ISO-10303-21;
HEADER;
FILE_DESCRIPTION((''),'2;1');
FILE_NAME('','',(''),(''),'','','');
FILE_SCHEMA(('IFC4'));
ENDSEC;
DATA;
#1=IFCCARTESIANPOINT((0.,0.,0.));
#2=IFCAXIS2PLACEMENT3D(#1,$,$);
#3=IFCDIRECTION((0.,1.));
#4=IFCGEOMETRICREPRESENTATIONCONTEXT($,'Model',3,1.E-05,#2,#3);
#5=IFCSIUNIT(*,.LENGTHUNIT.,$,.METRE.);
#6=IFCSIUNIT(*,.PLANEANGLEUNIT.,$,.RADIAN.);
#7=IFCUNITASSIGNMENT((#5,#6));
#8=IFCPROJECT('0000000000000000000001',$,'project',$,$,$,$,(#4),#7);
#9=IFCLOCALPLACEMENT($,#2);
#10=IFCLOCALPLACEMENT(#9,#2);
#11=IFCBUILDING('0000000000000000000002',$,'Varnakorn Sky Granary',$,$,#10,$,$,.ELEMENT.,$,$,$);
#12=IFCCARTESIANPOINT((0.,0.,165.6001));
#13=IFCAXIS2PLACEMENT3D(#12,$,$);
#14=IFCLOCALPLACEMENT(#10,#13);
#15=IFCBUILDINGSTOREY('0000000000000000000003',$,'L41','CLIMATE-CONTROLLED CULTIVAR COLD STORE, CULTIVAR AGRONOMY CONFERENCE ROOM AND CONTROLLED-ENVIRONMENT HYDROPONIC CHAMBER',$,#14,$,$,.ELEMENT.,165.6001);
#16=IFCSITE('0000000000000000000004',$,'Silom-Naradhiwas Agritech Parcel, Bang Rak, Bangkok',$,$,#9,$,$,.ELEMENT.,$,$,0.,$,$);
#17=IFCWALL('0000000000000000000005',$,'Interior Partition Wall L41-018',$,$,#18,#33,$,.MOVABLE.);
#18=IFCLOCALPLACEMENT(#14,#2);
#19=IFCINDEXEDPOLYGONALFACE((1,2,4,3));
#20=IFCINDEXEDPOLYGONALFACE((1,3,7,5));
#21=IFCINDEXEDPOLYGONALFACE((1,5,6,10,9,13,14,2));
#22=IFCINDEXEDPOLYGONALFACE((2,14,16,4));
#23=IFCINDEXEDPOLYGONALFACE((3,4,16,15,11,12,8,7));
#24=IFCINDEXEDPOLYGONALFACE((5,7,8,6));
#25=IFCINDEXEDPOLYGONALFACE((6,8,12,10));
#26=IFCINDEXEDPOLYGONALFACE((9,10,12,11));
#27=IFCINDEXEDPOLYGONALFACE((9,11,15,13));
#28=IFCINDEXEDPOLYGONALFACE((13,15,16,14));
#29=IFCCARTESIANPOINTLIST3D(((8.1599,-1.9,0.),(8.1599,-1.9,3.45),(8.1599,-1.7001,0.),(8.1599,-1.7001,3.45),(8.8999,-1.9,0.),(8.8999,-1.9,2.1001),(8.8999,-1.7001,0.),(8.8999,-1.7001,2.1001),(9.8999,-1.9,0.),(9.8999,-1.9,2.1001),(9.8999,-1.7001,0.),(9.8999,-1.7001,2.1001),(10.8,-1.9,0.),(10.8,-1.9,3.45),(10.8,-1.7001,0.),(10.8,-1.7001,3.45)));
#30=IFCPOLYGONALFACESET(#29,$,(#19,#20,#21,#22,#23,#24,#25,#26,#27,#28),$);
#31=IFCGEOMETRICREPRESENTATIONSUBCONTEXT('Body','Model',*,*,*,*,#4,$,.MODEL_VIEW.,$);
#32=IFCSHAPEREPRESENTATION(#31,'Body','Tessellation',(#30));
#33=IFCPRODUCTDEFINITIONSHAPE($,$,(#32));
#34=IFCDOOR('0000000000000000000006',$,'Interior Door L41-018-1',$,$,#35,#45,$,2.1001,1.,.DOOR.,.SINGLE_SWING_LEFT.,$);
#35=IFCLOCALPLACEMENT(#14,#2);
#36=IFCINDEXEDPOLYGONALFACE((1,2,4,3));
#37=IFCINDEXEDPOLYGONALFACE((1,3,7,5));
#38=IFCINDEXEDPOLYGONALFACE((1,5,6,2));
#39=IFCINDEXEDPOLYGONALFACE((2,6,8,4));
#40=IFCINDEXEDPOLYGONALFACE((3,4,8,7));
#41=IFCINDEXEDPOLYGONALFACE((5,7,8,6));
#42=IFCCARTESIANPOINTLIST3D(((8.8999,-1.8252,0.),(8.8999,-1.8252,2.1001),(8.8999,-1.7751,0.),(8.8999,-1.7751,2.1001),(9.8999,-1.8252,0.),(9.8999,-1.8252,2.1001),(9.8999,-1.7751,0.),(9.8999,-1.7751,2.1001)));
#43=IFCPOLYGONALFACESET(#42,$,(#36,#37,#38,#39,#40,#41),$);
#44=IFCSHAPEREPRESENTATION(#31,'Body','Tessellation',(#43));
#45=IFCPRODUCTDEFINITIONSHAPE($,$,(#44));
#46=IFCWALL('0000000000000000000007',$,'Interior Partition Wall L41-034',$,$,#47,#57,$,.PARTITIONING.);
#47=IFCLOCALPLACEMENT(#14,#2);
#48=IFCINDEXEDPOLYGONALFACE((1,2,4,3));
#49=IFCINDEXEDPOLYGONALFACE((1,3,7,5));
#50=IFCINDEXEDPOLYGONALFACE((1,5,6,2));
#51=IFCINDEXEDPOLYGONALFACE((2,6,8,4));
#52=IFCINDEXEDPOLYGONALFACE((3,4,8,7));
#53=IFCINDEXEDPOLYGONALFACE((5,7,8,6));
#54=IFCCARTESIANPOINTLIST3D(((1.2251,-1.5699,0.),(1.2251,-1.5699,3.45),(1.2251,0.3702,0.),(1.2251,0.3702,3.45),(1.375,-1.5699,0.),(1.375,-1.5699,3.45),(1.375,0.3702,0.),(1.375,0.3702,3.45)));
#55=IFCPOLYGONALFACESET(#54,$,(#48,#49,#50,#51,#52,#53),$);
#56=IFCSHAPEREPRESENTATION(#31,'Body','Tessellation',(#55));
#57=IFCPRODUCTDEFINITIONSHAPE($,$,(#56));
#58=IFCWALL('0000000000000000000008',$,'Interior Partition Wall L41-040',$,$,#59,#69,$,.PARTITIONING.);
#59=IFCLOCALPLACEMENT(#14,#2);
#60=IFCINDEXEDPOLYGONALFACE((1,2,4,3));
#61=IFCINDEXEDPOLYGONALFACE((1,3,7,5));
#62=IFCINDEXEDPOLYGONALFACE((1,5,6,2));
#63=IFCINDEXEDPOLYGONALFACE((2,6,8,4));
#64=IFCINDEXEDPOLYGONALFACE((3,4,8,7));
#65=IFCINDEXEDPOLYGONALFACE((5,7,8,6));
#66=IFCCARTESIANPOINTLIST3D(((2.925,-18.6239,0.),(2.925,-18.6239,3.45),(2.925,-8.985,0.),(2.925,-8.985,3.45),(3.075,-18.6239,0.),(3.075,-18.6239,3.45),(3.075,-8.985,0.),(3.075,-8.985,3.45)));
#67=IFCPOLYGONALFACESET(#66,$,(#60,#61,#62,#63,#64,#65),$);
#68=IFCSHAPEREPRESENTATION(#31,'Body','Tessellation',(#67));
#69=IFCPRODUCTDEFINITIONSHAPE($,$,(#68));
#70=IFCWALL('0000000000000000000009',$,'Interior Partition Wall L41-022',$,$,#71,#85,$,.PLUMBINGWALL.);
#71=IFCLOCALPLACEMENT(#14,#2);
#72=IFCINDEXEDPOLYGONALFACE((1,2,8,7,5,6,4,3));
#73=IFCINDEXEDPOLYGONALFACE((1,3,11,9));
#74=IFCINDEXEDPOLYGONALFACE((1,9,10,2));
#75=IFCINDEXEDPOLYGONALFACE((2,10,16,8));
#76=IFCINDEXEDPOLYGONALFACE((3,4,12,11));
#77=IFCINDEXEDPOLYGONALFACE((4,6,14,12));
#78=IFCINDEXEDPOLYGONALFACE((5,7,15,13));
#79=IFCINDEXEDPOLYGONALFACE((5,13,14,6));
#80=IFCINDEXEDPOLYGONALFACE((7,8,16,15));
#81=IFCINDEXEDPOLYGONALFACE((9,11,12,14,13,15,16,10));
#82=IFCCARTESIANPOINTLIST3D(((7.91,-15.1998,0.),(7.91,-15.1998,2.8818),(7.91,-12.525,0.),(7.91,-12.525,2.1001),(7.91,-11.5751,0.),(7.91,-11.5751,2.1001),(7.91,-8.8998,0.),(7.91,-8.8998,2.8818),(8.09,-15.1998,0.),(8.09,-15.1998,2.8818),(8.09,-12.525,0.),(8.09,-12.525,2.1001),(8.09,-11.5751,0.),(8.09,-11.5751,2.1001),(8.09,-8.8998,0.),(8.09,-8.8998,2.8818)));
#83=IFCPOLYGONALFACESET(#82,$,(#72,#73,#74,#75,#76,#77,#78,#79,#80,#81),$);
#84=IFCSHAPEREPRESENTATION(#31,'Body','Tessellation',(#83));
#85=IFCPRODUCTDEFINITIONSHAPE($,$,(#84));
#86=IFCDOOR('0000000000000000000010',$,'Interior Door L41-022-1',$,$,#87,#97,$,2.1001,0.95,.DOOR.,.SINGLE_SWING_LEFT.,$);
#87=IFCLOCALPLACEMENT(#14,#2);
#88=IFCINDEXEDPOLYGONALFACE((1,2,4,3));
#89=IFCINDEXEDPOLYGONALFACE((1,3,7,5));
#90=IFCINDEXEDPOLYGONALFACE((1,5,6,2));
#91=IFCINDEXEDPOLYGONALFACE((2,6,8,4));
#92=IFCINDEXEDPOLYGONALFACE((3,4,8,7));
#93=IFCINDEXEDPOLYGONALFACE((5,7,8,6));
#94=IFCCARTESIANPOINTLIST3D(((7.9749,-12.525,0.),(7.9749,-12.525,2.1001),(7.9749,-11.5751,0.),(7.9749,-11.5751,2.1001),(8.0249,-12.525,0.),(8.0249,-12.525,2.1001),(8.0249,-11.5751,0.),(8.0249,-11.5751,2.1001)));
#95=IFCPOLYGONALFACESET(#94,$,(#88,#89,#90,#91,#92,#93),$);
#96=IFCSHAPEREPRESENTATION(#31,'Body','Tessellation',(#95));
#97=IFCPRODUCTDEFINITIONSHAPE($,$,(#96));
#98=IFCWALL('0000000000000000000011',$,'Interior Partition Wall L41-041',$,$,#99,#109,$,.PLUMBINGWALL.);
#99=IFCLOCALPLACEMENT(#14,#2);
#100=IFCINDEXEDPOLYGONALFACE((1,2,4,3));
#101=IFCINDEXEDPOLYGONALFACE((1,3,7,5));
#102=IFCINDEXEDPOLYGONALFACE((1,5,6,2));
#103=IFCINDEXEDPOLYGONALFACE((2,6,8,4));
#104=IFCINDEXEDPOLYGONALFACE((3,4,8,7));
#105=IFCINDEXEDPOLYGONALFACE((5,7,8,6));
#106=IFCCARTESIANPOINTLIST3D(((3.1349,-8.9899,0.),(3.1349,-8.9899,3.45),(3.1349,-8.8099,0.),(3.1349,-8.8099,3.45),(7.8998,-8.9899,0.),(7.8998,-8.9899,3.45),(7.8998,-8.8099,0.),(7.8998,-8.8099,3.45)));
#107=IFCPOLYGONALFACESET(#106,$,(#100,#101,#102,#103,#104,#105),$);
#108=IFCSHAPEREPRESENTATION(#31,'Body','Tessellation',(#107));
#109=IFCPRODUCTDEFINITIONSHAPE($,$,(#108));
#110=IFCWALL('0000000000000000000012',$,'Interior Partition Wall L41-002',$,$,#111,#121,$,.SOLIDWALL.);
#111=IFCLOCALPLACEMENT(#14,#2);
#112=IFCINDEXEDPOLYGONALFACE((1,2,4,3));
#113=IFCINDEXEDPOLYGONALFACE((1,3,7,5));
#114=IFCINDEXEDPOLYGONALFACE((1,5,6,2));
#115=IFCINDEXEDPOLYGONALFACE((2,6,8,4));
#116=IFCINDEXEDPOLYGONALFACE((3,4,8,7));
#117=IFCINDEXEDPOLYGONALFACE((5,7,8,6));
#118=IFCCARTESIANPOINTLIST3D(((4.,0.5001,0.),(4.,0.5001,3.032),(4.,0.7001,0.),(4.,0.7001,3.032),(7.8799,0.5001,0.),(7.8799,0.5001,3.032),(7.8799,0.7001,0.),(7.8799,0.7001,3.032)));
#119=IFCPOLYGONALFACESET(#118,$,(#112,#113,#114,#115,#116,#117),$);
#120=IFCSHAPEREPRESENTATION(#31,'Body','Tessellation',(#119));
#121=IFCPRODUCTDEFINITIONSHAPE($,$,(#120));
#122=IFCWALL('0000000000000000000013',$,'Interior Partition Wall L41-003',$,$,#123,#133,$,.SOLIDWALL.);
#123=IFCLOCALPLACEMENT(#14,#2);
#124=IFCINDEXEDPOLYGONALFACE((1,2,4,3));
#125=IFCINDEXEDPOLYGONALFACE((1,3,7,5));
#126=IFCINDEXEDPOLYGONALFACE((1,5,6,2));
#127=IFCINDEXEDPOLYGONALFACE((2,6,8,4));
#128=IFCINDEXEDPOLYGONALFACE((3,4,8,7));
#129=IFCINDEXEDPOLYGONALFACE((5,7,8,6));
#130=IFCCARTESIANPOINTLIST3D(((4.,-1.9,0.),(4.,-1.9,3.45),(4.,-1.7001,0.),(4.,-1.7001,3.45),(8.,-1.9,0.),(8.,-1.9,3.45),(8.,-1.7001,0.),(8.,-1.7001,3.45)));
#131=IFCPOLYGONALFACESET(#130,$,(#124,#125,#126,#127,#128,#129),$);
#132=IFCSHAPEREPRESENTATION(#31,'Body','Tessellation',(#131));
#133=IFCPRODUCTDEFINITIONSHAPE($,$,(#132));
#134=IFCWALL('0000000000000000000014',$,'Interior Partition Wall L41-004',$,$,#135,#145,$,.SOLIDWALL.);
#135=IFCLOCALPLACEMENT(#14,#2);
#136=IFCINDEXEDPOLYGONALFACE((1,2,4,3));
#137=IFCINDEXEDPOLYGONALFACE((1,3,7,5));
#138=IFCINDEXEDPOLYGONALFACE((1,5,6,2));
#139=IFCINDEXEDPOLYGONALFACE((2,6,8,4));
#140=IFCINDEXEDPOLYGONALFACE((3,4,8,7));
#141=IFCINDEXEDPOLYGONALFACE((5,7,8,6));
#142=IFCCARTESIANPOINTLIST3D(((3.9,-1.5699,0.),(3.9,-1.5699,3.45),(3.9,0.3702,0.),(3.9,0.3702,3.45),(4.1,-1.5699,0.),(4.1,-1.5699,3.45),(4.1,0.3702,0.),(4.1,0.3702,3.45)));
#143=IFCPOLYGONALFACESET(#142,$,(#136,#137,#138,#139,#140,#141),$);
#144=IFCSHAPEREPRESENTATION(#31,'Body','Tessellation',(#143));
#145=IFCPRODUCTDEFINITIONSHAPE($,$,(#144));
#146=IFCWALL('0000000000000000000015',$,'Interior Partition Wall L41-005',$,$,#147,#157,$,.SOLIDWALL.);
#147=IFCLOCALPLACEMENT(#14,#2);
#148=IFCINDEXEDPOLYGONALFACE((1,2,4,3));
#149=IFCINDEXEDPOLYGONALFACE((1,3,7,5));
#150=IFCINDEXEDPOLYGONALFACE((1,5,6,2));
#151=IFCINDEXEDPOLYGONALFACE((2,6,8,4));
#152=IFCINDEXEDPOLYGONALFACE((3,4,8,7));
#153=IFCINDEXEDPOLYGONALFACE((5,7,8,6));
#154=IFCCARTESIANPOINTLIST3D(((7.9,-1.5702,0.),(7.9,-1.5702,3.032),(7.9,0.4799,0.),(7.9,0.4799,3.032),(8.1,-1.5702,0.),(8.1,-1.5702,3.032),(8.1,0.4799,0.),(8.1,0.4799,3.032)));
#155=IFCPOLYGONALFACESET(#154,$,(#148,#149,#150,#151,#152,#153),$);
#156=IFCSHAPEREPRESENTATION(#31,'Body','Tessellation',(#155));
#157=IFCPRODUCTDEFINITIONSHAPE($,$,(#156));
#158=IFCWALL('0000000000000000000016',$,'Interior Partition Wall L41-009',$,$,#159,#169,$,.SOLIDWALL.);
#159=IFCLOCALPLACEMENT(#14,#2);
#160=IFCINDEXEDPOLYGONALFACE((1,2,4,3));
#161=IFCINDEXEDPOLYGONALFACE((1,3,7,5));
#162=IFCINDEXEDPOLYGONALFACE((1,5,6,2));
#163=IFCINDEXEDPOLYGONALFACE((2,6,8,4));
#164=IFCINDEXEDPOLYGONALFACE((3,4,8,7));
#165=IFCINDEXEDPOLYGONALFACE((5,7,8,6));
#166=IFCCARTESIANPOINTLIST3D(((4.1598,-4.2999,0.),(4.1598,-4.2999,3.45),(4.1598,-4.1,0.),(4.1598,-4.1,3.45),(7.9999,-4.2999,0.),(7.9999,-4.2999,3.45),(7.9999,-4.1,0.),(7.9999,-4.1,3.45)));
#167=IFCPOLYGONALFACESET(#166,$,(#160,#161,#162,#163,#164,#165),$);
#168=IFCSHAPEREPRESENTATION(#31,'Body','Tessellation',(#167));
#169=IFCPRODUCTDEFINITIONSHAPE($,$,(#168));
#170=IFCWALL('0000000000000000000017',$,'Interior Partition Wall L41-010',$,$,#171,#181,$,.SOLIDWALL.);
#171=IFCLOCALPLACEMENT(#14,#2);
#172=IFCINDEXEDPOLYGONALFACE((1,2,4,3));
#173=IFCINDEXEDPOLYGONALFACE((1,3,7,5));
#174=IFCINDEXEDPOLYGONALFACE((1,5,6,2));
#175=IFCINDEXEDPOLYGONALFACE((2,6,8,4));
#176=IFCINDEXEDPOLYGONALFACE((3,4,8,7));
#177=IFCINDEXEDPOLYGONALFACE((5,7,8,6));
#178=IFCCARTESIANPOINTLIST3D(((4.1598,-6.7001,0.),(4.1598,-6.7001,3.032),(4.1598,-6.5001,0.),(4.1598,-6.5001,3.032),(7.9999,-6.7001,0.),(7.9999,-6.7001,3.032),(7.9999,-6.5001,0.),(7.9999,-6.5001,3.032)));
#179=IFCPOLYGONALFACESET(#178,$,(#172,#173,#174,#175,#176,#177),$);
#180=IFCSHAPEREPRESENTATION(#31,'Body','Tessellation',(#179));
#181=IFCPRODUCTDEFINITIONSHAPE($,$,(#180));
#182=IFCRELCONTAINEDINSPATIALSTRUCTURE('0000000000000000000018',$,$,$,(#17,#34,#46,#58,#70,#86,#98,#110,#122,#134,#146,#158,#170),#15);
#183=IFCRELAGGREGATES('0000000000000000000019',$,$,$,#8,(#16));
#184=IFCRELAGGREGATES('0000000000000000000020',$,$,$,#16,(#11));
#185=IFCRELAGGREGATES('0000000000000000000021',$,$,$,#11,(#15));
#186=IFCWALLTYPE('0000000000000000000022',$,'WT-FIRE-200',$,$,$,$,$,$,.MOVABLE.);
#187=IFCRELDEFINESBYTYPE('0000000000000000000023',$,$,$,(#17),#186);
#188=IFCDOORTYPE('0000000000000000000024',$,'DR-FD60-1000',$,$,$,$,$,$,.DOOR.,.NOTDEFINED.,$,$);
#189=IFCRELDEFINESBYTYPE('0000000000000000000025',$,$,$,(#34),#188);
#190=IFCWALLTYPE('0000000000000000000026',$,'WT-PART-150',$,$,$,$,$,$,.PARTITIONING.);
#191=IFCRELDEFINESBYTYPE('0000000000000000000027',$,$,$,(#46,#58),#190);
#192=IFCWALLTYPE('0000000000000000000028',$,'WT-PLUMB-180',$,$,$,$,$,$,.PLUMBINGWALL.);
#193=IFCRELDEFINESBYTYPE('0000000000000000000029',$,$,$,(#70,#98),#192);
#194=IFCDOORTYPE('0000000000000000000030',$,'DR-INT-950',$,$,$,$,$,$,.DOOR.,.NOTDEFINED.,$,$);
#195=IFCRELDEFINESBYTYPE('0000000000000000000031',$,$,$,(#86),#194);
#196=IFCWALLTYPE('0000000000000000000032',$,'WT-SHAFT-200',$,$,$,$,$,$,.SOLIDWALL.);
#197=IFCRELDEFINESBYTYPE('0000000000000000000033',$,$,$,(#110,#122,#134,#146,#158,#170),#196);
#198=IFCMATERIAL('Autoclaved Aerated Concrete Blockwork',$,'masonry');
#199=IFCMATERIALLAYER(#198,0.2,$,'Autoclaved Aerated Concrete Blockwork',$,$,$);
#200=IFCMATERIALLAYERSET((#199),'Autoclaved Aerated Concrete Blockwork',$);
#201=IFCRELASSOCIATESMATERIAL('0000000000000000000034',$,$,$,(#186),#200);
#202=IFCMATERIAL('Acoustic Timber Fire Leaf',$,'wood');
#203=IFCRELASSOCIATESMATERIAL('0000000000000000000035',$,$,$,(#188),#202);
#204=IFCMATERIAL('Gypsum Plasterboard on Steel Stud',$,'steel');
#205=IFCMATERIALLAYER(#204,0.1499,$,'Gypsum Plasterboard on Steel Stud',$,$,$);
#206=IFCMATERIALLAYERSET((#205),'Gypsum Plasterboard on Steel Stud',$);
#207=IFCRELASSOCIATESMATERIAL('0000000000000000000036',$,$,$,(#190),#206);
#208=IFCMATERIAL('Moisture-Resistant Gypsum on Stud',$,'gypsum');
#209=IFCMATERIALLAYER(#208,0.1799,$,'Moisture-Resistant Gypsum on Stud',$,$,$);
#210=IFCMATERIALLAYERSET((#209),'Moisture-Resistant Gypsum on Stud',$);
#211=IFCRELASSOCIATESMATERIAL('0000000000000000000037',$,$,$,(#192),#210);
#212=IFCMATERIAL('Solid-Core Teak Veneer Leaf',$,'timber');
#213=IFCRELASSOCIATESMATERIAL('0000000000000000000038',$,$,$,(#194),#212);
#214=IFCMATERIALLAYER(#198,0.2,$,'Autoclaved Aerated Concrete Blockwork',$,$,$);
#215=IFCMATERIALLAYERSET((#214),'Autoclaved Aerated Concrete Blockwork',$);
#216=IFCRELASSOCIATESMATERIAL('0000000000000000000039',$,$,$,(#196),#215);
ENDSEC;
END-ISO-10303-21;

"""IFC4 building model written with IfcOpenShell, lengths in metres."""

from ifc_helpers import new_model, si_unit, direction, frame, frame_2d, origin, place, context, subcontext, project, spatial, rectangle, extrude, material, layer, layer_set, type_object, element, fill, save


model = new_model("IFC4")

# Units and contexts
model_context = context("Model", 3, precision=1e-05, world=origin(), true_north=direction((0.0, 1.0)))
body_context = subcontext(model_context, "Body", "Model", "MODEL_VIEW")
ifc_project = project(units=[si_unit("LENGTHUNIT", "METRE"), si_unit("PLANEANGLEUNIT", "RADIAN")], contexts=[model_context])

# Site, building, storey
site_placement = place(None, origin())
site = spatial("IfcSite", under=ifc_project, at=site_placement, Name="Silom-Naradhiwas Agritech Parcel, Bang Rak, Bangkok", CompositionType="ELEMENT", RefElevation=0.0)
building_placement = place(site_placement, origin())
building = spatial("IfcBuilding", under=site, at=building_placement, Name="Varnakorn Sky Granary", CompositionType="ELEMENT")
storey_placement = place(building_placement, frame((0.0, 0.0, 165.6001)))
storey = spatial("IfcBuildingStorey", under=building, at=storey_placement, Name="L41", Description="CLIMATE-CONTROLLED CULTIVAR COLD STORE, CULTIVAR AGRONOMY CONFERENCE ROOM AND CONTROLLED-ENVIRONMENT HYDROPONIC CHAMBER", CompositionType="ELEMENT", Elevation=165.6001)

# Wall, opening, door
ifc_material_1 = material(Name="Autoclaved Aerated Concrete Blockwork", Category="masonry")
ifc_layer_1 = layer(ifc_material_1, 0.2, Name="Autoclaved Aerated Concrete Blockwork")
ifc_layer_set_1 = layer_set([ifc_layer_1], Name="Autoclaved Aerated Concrete Blockwork")
wall_type_1 = type_object("IfcWallType", Name="WT-FIRE-200", PredefinedType="MOVABLE", material=ifc_layer_set_1)
ifc_material_2 = material(Name="Acoustic Timber Fire Leaf", Category="wood")
door_type_1 = type_object("IfcDoorType", Name="DR-FD60-1000", OperationType="NOTDEFINED", PredefinedType="DOOR", material=ifc_material_2)
wall_1_placement = place(storey_placement, frame((8.1599, -1.8, 0.0), z_axis=(0.0, 0.0, 1.0), x_axis=(1.0, 0.0, 0.0)))
wall_1 = element("IfcWall", 1, at=wall_1_placement, inside=storey, type_object=wall_type_1, Name="Interior Partition Wall L41-018", PredefinedType="MOVABLE", context=body_context, shape_type="SweptSolid", body=[
    extrude(rectangle(XDim=2.6401, YDim=0.2, at=frame_2d((1.3201, 0.0))), origin(), (0.0, 0.0, 1.0), 3.45),
])
opening_1_placement = place(wall_1_placement, frame((0.74, 0.0, 0.0)))
opening_1 = element("IfcOpeningElement", 2, at=opening_1_placement, cuts=wall_1, PredefinedType="OPENING", context=body_context, shape_type="SweptSolid", body=[
    extrude(rectangle(XDim=1.0, YDim=2.1001, at=frame_2d((0.5, 1.05))), frame((0.0, 0.1099, 0.0), z_axis=(0.0, -1.0, 0.0), x_axis=(1.0, 0.0, 0.0)), (0.0, 0.0, 1.0), 0.22),
])
door_1_placement = place(opening_1_placement, origin())
door_1 = element("IfcDoor", 3, at=door_1_placement, inside=storey, type_object=door_type_1, Name="Interior Door L41-018-1", OperationType="SINGLE_SWING_LEFT", OverallHeight=2.1001, OverallWidth=1.0, PredefinedType="DOOR", context=body_context, shape_type="SweptSolid", body=[
    extrude(rectangle(XDim=1.0, YDim=2.1001, at=frame_2d((0.5, 1.05))), frame((0.0, 0.0249, 0.0), z_axis=(0.0, -1.0, 0.0), x_axis=(1.0, 0.0, 0.0)), (0.0, 0.0, 1.0), 0.05),
])
fill(opening_1, door_1)

# Walls
ifc_material_3 = material(Name="Gypsum Plasterboard on Steel Stud", Category="steel")
ifc_layer_2 = layer(ifc_material_3, 0.1499, Name="Gypsum Plasterboard on Steel Stud")
ifc_layer_set_2 = layer_set([ifc_layer_2], Name="Gypsum Plasterboard on Steel Stud")
wall_type_2 = type_object("IfcWallType", Name="WT-PART-150", PredefinedType="PARTITIONING", material=ifc_layer_set_2)
wall_2_placement = place(storey_placement, frame((1.3, -1.5701, 0.0), z_axis=(0.0, 0.0, 1.0), x_axis=(0.0, 1.0, 0.0)))
element("IfcWall", 4, at=wall_2_placement, inside=storey, type_object=wall_type_2, Name="Interior Partition Wall L41-034", PredefinedType="PARTITIONING", context=body_context, shape_type="SweptSolid", body=[
    extrude(rectangle(XDim=1.9402, YDim=0.1499, at=frame_2d((0.9702, 0.0))), origin(), (0.0, 0.0, 1.0), 3.45),
])
wall_3_placement = place(storey_placement, frame((3.0, -8.9851, 0.0), z_axis=(0.0, 0.0, 1.0), x_axis=(0.0, -1.0, 0.0)))
element("IfcWall", 5, at=wall_3_placement, inside=storey, type_object=wall_type_2, Name="Interior Partition Wall L41-040", PredefinedType="PARTITIONING", context=body_context, shape_type="SweptSolid", body=[
    extrude(rectangle(XDim=9.6389, YDim=0.1499, at=frame_2d((4.8193, 0.0))), origin(), (0.0, 0.0, 1.0), 3.45),
])

# Wall, opening, door
ifc_material_4 = material(Name="Moisture-Resistant Gypsum on Stud", Category="gypsum")
ifc_layer_3 = layer(ifc_material_4, 0.1799, Name="Moisture-Resistant Gypsum on Stud")
ifc_layer_set_3 = layer_set([ifc_layer_3], Name="Moisture-Resistant Gypsum on Stud")
wall_type_3 = type_object("IfcWallType", Name="WT-PLUMB-180", PredefinedType="PLUMBINGWALL", material=ifc_layer_set_3)
wall_4_placement = place(storey_placement, frame((8.0, -8.8999, 0.0), z_axis=(0.0, 0.0, 1.0), x_axis=(0.0, -1.0, 0.0)))
wall_4 = element("IfcWall", 6, at=wall_4_placement, inside=storey, type_object=wall_type_3, Name="Interior Partition Wall L41-022", PredefinedType="PLUMBINGWALL", context=body_context, shape_type="SweptSolid", body=[
    extrude(rectangle(XDim=6.3, YDim=0.1799, at=frame_2d((3.1499, 0.0))), origin(), (0.0, 0.0, 1.0), 2.8818),
])
opening_2_placement = place(wall_4_placement, frame((2.675, 0.0, 0.0)))
opening_2 = element("IfcOpeningElement", 7, at=opening_2_placement, cuts=wall_4, PredefinedType="OPENING", context=body_context, shape_type="SweptSolid", body=[
    extrude(rectangle(XDim=0.95, YDim=2.1001, at=frame_2d((0.4751, 1.05))), frame((0.0, 0.1001, 0.0), z_axis=(0.0, -1.0, 0.0), x_axis=(1.0, 0.0, 0.0)), (0.0, 0.0, 1.0), 0.2),
])
ifc_material_5 = material(Name="Solid-Core Teak Veneer Leaf", Category="timber")
door_type_2 = type_object("IfcDoorType", Name="DR-INT-950", OperationType="NOTDEFINED", PredefinedType="DOOR", material=ifc_material_5)
door_2_placement = place(opening_2_placement, origin())
door_2 = element("IfcDoor", 8, at=door_2_placement, inside=storey, type_object=door_type_2, Name="Interior Door L41-022-1", OperationType="SINGLE_SWING_LEFT", OverallHeight=2.1001, OverallWidth=0.95, PredefinedType="DOOR", context=body_context, shape_type="SweptSolid", body=[
    extrude(rectangle(XDim=0.95, YDim=2.1001, at=frame_2d((0.4751, 1.05))), frame((0.0, 0.0249, 0.0), z_axis=(0.0, -1.0, 0.0), x_axis=(1.0, 0.0, 0.0)), (0.0, 0.0, 1.0), 0.05),
])
fill(opening_2, door_2)

# Walls
wall_5_placement = place(storey_placement, frame((3.135, -8.8999, 0.0), z_axis=(0.0, 0.0, 1.0), x_axis=(1.0, 0.0, 0.0)))
element("IfcWall", 9, at=wall_5_placement, inside=storey, type_object=wall_type_3, Name="Interior Partition Wall L41-041", PredefinedType="PLUMBINGWALL", context=body_context, shape_type="SweptSolid", body=[
    extrude(rectangle(XDim=4.7649, YDim=0.1799, at=frame_2d((2.3823, 0.0))), origin(), (0.0, 0.0, 1.0), 3.45),
])
ifc_layer_4 = layer(ifc_material_1, 0.2, Name="Autoclaved Aerated Concrete Blockwork")
ifc_layer_set_4 = layer_set([ifc_layer_4], Name="Autoclaved Aerated Concrete Blockwork")
wall_type_4 = type_object("IfcWallType", Name="WT-SHAFT-200", PredefinedType="SOLIDWALL", material=ifc_layer_set_4)
wall_6_placement = place(storey_placement, frame((4.0, 0.6001, 0.0), z_axis=(0.0, 0.0, 1.0), x_axis=(1.0, 0.0, 0.0)))
element("IfcWall", 10, at=wall_6_placement, inside=storey, type_object=wall_type_4, Name="Interior Partition Wall L41-002", PredefinedType="SOLIDWALL", context=body_context, shape_type="SweptSolid", body=[
    extrude(rectangle(XDim=3.8799, YDim=0.2, at=frame_2d((1.9399, 0.0))), origin(), (0.0, 0.0, 1.0), 3.032),
])
wall_7_placement = place(storey_placement, frame((4.0, -1.8, 0.0), z_axis=(0.0, 0.0, 1.0), x_axis=(1.0, 0.0, 0.0)))
element("IfcWall", 11, at=wall_7_placement, inside=storey, type_object=wall_type_4, Name="Interior Partition Wall L41-003", PredefinedType="SOLIDWALL", context=body_context, shape_type="SweptSolid", body=[
    extrude(rectangle(XDim=4.0, YDim=0.2, at=frame_2d((2.0, 0.0))), origin(), (0.0, 0.0, 1.0), 3.45),
])
wall_8_placement = place(storey_placement, frame((4.0, -1.5701, 0.0), z_axis=(0.0, 0.0, 1.0), x_axis=(0.0, 1.0, 0.0)))
element("IfcWall", 12, at=wall_8_placement, inside=storey, type_object=wall_type_4, Name="Interior Partition Wall L41-004", PredefinedType="SOLIDWALL", context=body_context, shape_type="SweptSolid", body=[
    extrude(rectangle(XDim=1.9402, YDim=0.2, at=frame_2d((0.9702, 0.0))), origin(), (0.0, 0.0, 1.0), 3.45),
])
wall_9_placement = place(storey_placement, frame((8.0, -1.5701, 0.0), z_axis=(0.0, 0.0, 1.0), x_axis=(0.0, 1.0, 0.0)))
element("IfcWall", 13, at=wall_9_placement, inside=storey, type_object=wall_type_4, Name="Interior Partition Wall L41-005", PredefinedType="SOLIDWALL", context=body_context, shape_type="SweptSolid", body=[
    extrude(rectangle(XDim=2.05, YDim=0.2, at=frame_2d((1.0249, 0.0))), origin(), (0.0, 0.0, 1.0), 3.032),
])
wall_10_placement = place(storey_placement, frame((4.1599, -4.2, 0.0), z_axis=(0.0, 0.0, 1.0), x_axis=(1.0, 0.0, 0.0)))
element("IfcWall", 14, at=wall_10_placement, inside=storey, type_object=wall_type_4, Name="Interior Partition Wall L41-009", PredefinedType="SOLIDWALL", context=body_context, shape_type="SweptSolid", body=[
    extrude(rectangle(XDim=3.8401, YDim=0.2, at=frame_2d((1.9199, 0.0))), origin(), (0.0, 0.0, 1.0), 3.45),
])
wall_11_placement = place(storey_placement, frame((4.1599, -6.6001, 0.0), z_axis=(0.0, 0.0, 1.0), x_axis=(1.0, 0.0, 0.0)))
element("IfcWall", 15, at=wall_11_placement, inside=storey, type_object=wall_type_4, Name="Interior Partition Wall L41-010", PredefinedType="SOLIDWALL", context=body_context, shape_type="SweptSolid", body=[
    extrude(rectangle(XDim=3.8401, YDim=0.2, at=frame_2d((1.9199, 0.0))), origin(), (0.0, 0.0, 1.0), 3.032),
])

save(model, "model.ifc")
